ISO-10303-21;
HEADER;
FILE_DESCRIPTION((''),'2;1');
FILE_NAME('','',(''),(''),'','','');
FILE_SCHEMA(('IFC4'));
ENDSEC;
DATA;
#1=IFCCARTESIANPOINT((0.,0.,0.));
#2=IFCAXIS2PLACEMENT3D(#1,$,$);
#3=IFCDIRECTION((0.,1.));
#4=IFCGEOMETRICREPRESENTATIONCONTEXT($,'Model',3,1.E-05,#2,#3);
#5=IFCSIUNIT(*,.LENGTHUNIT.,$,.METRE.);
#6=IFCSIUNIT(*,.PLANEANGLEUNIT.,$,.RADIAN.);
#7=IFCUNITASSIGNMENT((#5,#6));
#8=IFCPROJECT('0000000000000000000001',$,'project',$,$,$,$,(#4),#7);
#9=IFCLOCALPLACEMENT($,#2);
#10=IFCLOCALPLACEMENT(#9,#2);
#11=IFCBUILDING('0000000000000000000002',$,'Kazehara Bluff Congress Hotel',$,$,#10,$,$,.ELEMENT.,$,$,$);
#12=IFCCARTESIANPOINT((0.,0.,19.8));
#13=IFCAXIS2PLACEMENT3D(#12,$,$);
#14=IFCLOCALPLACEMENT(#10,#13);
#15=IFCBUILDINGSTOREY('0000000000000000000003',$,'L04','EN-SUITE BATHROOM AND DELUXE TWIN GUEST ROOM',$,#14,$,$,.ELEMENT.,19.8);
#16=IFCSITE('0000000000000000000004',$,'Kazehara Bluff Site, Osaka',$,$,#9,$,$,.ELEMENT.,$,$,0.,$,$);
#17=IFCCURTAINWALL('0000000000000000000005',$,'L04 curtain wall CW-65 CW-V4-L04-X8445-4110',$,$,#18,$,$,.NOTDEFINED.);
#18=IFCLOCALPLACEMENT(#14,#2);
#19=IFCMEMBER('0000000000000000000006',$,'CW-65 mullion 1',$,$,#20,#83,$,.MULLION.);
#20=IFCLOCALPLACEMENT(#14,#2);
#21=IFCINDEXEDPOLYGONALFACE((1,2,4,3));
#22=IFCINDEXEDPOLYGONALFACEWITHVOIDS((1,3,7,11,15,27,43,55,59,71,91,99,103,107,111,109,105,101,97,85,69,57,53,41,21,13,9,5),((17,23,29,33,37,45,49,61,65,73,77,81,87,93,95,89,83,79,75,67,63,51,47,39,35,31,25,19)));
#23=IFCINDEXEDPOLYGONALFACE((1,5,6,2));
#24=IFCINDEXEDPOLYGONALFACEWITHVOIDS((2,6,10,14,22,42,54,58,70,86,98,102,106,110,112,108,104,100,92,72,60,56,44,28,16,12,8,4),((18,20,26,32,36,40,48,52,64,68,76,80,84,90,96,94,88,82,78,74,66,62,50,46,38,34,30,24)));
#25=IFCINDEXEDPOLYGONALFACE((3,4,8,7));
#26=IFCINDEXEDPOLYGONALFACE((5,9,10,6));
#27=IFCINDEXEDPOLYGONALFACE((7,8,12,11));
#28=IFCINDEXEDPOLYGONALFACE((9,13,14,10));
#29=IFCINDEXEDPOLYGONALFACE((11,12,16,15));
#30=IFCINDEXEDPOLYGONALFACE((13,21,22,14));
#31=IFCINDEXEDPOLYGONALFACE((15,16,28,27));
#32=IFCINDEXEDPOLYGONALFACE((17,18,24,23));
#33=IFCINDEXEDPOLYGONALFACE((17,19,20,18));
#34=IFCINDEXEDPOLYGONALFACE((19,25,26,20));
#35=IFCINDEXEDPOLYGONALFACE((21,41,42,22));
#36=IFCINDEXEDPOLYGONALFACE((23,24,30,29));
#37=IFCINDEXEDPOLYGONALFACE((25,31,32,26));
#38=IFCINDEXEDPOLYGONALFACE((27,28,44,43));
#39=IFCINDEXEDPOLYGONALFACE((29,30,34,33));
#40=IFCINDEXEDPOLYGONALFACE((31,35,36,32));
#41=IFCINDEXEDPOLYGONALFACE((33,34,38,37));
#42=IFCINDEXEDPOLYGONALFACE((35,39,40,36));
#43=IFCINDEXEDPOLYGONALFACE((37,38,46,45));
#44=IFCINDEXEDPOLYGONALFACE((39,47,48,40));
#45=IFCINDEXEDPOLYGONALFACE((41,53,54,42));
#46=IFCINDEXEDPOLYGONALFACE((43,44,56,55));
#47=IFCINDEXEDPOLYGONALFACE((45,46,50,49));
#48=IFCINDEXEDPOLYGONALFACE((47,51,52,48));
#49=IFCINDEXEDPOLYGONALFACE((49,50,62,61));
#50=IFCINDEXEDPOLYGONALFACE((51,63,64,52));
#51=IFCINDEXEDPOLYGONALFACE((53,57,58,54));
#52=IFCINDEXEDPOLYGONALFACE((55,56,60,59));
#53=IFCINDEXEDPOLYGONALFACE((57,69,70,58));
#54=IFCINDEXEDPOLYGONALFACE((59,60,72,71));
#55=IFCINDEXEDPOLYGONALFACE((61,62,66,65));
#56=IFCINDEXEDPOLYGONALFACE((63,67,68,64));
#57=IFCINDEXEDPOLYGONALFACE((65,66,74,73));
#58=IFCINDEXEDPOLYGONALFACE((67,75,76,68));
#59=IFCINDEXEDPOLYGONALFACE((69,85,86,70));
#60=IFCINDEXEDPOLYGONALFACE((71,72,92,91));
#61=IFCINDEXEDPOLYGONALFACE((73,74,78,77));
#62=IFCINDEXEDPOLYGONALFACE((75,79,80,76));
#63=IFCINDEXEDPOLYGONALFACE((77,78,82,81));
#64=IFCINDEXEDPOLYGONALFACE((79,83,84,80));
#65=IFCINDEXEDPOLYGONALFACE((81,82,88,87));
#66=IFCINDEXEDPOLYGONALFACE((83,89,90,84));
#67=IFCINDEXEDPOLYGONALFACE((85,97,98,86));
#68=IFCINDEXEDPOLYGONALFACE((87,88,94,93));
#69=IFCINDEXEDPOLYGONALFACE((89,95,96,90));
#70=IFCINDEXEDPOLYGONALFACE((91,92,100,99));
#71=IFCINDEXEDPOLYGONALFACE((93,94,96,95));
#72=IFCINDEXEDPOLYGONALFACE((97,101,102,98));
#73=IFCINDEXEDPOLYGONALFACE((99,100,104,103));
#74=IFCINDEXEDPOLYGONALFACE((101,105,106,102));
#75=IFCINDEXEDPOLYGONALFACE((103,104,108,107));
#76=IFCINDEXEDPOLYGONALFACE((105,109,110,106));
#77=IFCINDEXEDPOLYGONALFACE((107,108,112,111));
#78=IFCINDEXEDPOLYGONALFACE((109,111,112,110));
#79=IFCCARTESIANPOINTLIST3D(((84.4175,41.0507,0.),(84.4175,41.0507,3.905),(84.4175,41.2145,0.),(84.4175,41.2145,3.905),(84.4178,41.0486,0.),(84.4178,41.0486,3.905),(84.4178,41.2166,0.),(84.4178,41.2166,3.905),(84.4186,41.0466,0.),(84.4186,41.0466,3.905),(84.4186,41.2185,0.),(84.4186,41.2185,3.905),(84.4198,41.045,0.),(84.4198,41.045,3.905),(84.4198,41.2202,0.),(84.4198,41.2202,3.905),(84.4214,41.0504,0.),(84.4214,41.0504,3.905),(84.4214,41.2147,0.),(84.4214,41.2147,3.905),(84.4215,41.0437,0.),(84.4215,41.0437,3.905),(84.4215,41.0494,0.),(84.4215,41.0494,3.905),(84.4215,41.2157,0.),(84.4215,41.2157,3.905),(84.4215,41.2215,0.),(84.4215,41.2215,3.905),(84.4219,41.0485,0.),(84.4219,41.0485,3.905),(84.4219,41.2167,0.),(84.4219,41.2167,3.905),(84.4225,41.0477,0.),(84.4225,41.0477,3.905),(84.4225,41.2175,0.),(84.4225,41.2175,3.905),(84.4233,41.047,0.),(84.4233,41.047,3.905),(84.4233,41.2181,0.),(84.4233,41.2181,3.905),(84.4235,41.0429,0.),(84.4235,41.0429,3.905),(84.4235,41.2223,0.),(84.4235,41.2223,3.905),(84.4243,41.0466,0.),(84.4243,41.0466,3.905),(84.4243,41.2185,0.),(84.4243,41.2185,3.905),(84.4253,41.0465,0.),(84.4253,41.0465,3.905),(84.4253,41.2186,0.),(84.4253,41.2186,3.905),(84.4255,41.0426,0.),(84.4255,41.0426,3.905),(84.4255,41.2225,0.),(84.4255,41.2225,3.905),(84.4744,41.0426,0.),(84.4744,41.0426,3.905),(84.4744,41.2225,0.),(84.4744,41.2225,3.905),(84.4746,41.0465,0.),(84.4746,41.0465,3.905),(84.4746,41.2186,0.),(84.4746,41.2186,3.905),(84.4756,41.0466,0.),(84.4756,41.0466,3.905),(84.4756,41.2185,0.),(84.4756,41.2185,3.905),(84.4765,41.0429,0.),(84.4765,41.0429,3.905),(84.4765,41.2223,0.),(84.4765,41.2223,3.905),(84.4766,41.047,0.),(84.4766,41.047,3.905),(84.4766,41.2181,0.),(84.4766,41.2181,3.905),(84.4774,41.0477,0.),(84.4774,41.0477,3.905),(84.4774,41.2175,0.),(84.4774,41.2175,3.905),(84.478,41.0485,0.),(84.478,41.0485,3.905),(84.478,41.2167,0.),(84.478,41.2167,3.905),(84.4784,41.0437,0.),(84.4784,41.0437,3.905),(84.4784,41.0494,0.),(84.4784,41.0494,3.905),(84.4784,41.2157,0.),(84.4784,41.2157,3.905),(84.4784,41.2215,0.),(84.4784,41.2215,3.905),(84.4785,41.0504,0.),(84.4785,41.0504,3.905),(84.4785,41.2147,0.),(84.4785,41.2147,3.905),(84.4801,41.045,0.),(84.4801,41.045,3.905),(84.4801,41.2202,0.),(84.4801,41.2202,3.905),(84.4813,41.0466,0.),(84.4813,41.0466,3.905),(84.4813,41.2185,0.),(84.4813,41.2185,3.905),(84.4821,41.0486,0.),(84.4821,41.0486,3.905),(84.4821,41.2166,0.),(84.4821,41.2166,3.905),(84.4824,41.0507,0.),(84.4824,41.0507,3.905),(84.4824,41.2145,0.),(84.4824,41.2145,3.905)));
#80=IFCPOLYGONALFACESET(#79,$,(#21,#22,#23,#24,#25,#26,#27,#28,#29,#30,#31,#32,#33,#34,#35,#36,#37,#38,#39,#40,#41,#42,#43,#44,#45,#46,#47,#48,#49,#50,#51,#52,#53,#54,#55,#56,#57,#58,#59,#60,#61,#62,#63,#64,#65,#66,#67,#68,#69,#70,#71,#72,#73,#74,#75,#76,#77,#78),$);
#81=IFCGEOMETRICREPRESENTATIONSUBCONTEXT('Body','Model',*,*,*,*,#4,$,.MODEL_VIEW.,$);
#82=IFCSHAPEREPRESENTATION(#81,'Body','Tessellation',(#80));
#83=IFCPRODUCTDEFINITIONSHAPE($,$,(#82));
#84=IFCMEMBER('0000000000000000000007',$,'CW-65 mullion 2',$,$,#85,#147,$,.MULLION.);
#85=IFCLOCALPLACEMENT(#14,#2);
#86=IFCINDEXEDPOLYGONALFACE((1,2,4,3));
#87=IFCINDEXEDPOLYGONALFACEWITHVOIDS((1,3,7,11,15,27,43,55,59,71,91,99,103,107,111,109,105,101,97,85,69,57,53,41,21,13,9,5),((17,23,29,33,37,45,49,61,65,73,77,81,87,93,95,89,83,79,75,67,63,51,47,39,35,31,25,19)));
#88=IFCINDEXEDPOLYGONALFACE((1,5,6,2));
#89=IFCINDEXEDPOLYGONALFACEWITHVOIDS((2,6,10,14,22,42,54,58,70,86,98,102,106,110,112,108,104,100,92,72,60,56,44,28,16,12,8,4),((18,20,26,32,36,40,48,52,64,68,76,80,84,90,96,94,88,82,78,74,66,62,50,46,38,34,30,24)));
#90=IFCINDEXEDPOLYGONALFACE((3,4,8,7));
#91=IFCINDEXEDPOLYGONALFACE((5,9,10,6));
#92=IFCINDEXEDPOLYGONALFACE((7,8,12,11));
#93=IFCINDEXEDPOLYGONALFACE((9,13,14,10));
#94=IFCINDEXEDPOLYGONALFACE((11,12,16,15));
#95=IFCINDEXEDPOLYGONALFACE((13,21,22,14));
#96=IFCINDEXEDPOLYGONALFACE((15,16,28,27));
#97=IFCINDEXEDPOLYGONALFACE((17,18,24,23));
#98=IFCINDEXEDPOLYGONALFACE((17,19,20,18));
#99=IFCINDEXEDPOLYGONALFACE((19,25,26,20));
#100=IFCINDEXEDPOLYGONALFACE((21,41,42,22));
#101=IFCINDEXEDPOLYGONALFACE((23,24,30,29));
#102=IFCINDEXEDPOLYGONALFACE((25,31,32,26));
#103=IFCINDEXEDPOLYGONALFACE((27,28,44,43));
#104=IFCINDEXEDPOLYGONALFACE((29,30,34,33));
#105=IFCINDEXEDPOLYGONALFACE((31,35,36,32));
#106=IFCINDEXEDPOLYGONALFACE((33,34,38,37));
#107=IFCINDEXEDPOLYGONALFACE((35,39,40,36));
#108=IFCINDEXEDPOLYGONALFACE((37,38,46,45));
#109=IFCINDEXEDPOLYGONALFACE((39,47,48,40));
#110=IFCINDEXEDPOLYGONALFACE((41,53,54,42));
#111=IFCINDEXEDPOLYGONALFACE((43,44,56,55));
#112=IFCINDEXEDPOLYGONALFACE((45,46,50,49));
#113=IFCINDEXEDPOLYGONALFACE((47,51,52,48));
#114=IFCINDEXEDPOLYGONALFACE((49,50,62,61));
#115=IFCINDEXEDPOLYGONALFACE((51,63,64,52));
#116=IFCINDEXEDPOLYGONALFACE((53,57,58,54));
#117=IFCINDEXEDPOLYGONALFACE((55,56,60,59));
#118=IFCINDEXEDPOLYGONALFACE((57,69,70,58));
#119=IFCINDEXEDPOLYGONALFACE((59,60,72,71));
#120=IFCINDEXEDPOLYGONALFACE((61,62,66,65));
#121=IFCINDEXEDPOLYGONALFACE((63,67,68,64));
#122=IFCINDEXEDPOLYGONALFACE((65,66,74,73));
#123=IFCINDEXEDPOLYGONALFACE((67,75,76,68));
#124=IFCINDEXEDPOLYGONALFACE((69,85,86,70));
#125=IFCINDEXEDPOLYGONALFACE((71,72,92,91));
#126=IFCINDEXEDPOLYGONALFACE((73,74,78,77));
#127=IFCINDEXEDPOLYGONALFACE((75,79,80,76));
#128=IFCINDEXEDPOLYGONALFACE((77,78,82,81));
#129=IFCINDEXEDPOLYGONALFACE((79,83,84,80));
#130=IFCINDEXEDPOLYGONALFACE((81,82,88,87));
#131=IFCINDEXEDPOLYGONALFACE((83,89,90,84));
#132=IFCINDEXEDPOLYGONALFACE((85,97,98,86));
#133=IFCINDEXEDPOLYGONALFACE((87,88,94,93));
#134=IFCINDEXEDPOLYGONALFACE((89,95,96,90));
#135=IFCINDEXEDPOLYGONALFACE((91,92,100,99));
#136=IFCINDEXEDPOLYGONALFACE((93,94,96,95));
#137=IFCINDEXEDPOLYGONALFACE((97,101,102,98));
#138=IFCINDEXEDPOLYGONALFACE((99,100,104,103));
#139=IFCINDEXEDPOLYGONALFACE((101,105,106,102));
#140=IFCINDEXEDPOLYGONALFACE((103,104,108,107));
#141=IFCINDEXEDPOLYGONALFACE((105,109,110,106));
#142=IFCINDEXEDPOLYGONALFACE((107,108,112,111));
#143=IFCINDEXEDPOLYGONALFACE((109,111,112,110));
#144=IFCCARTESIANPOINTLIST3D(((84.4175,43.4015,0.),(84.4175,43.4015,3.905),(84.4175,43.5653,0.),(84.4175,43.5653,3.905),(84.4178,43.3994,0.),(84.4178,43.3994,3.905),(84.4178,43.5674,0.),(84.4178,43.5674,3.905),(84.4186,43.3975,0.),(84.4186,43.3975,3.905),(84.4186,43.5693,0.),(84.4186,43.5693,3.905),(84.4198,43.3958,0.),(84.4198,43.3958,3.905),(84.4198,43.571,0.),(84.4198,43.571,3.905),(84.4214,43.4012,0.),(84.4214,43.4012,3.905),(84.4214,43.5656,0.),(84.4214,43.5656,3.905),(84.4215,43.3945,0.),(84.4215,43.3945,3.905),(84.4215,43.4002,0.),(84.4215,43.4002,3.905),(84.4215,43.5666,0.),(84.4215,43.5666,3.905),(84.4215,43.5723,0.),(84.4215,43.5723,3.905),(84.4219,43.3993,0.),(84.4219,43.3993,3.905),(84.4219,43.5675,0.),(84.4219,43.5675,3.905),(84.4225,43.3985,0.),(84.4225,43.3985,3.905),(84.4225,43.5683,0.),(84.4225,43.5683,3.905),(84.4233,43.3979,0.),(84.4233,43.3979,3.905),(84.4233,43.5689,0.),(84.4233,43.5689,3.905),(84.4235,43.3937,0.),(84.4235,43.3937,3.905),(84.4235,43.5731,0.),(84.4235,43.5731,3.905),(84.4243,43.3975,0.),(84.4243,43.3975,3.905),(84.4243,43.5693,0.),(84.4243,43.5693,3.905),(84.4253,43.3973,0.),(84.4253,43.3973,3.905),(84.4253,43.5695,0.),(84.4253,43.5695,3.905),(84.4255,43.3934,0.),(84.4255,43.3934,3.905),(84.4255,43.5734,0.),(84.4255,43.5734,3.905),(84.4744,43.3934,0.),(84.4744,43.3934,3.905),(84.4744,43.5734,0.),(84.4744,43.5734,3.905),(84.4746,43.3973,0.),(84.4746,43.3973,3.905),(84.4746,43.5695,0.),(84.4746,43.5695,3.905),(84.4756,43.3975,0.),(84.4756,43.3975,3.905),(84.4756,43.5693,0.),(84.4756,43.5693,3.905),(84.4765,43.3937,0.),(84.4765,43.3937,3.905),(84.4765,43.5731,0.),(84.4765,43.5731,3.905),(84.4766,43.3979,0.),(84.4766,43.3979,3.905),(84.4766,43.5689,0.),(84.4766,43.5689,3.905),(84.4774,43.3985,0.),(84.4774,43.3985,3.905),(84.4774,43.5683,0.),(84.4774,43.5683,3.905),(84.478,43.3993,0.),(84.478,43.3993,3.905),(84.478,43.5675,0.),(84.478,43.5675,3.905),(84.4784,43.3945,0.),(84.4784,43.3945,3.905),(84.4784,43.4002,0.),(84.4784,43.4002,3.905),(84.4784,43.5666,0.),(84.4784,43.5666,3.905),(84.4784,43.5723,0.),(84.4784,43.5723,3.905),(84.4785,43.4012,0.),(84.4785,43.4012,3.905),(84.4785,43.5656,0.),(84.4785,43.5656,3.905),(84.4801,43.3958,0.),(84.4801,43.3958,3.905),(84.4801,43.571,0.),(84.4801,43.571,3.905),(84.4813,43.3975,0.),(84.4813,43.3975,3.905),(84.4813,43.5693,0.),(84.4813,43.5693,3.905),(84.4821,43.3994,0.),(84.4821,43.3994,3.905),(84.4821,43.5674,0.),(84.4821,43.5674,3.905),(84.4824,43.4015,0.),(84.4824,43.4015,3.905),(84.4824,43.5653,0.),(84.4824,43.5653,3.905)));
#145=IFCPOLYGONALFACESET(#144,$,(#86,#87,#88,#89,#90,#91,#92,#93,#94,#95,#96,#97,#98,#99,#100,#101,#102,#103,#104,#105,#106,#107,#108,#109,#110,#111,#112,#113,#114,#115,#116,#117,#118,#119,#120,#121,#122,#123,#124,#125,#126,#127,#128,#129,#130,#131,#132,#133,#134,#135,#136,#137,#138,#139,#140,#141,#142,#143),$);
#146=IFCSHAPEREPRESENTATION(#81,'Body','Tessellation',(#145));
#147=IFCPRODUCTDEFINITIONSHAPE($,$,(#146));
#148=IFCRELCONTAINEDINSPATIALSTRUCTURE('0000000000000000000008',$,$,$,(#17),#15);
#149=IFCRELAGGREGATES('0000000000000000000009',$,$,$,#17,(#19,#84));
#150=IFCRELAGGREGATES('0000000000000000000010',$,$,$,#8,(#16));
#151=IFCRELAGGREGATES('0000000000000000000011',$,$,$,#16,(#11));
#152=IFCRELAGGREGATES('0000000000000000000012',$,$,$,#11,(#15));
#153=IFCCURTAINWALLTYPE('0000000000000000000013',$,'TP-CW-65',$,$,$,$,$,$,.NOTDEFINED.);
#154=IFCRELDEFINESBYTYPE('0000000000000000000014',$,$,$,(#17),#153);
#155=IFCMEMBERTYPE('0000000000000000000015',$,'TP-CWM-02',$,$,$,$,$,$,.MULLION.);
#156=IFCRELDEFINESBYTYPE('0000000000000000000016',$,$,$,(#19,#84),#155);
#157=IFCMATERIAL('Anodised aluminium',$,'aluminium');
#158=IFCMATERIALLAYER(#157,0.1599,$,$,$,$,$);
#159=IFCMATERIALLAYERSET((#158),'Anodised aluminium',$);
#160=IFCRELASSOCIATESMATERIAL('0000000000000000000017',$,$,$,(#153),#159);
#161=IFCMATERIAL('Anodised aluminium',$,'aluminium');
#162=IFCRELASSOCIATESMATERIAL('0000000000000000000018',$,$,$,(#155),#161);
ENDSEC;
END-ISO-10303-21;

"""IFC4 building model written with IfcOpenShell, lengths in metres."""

from ifc_helpers import new_model, si_unit, direction, frame, origin, origin_2d, place, context, subcontext, project, spatial, hollow_rectangle, extrude, material, layer, layer_set, material_profile, profile_set, type_object, element, aggregate, save


model = new_model("IFC4")

# Units and contexts
model_context = context("Model", 3, precision=1e-05, world=origin(), true_north=direction((0.0, 1.0)))
body_context = subcontext(model_context, "Body", "Model", "MODEL_VIEW")
ifc_project = project(units=[si_unit("LENGTHUNIT", "METRE"), si_unit("PLANEANGLEUNIT", "RADIAN")], contexts=[model_context])

# Site, building, storey
site_placement = place(None, origin())
site = spatial("IfcSite", under=ifc_project, at=site_placement, Name="Kazehara Bluff Site, Osaka", CompositionType="ELEMENT", RefElevation=0.0)
building_placement = place(site_placement, origin())
building = spatial("IfcBuilding", under=site, at=building_placement, Name="Kazehara Bluff Congress Hotel", CompositionType="ELEMENT")
storey_placement = place(building_placement, frame((0.0, 0.0, 19.8)))
storey = spatial("IfcBuildingStorey", under=building, at=storey_placement, Name="L04", Description="EN-SUITE BATHROOM AND DELUXE TWIN GUEST ROOM", CompositionType="ELEMENT", Elevation=19.8)

# Curtain wall, members
ifc_material_1 = material(Name="Anodised aluminium", Category="aluminium")
ifc_layer_1 = layer(ifc_material_1, 0.1599)
ifc_layer_set_1 = layer_set([ifc_layer_1], Name="Anodised aluminium")
curtain_wall_type_1 = type_object("IfcCurtainWallType", Name="TP-CW-65", PredefinedType="NOTDEFINED", material=ifc_layer_set_1)
curtain_wall_1_placement = place(storey_placement, origin())
curtain_wall_1 = element("IfcCurtainWall", 1, at=curtain_wall_1_placement, inside=storey, type_object=curtain_wall_type_1, Name="L04 curtain wall CW-65 CW-V4-L04-X8445-4110", PredefinedType="NOTDEFINED")
ifc_material_2 = material(Name="Anodised aluminium", Category="aluminium")
ifc_material_profile_1 = material_profile(ifc_material_2, hollow_rectangle(XDim=0.0649, YDim=0.1799, WallThickness=0.0039, InnerFilletRadius=0.0039, OuterFilletRadius=0.0081, at=origin_2d()))
ifc_profile_set_1 = profile_set([ifc_material_profile_1], Name="Anodised aluminium")
member_type_1 = type_object("IfcMemberType", Name="TP-CWM-02", PredefinedType="MULLION", material=ifc_profile_set_1)
member_1_placement = place(storey_placement, frame((84.45, 41.1326, 0.0), z_axis=(0.0, 0.0, 1.0), x_axis=(-1.0, 0.0, 0.0)))
member_1 = element("IfcMember", 2, at=member_1_placement, type_object=member_type_1, Name="CW-65 mullion 1", PredefinedType="MULLION", context=body_context, shape_type="SweptSolid", body=[
    extrude(hollow_rectangle(XDim=0.0649, YDim=0.1799, WallThickness=0.0039, InnerFilletRadius=0.0039, OuterFilletRadius=0.0081, at=origin_2d()), origin(), (0.0, 0.0, 1.0), 3.905),
])
member_2_placement = place(storey_placement, frame((84.45, 43.4834, 0.0), z_axis=(0.0, 0.0, 1.0), x_axis=(-1.0, 0.0, 0.0)))
member_2 = element("IfcMember", 3, at=member_2_placement, type_object=member_type_1, Name="CW-65 mullion 2", PredefinedType="MULLION", context=body_context, shape_type="SweptSolid", body=[
    extrude(hollow_rectangle(XDim=0.0649, YDim=0.1799, WallThickness=0.0039, InnerFilletRadius=0.0039, OuterFilletRadius=0.0081, at=origin_2d()), origin(), (0.0, 0.0, 1.0), 3.905),
])

aggregate(curtain_wall_1, [member_1, member_2])

save(model, "model.ifc")
